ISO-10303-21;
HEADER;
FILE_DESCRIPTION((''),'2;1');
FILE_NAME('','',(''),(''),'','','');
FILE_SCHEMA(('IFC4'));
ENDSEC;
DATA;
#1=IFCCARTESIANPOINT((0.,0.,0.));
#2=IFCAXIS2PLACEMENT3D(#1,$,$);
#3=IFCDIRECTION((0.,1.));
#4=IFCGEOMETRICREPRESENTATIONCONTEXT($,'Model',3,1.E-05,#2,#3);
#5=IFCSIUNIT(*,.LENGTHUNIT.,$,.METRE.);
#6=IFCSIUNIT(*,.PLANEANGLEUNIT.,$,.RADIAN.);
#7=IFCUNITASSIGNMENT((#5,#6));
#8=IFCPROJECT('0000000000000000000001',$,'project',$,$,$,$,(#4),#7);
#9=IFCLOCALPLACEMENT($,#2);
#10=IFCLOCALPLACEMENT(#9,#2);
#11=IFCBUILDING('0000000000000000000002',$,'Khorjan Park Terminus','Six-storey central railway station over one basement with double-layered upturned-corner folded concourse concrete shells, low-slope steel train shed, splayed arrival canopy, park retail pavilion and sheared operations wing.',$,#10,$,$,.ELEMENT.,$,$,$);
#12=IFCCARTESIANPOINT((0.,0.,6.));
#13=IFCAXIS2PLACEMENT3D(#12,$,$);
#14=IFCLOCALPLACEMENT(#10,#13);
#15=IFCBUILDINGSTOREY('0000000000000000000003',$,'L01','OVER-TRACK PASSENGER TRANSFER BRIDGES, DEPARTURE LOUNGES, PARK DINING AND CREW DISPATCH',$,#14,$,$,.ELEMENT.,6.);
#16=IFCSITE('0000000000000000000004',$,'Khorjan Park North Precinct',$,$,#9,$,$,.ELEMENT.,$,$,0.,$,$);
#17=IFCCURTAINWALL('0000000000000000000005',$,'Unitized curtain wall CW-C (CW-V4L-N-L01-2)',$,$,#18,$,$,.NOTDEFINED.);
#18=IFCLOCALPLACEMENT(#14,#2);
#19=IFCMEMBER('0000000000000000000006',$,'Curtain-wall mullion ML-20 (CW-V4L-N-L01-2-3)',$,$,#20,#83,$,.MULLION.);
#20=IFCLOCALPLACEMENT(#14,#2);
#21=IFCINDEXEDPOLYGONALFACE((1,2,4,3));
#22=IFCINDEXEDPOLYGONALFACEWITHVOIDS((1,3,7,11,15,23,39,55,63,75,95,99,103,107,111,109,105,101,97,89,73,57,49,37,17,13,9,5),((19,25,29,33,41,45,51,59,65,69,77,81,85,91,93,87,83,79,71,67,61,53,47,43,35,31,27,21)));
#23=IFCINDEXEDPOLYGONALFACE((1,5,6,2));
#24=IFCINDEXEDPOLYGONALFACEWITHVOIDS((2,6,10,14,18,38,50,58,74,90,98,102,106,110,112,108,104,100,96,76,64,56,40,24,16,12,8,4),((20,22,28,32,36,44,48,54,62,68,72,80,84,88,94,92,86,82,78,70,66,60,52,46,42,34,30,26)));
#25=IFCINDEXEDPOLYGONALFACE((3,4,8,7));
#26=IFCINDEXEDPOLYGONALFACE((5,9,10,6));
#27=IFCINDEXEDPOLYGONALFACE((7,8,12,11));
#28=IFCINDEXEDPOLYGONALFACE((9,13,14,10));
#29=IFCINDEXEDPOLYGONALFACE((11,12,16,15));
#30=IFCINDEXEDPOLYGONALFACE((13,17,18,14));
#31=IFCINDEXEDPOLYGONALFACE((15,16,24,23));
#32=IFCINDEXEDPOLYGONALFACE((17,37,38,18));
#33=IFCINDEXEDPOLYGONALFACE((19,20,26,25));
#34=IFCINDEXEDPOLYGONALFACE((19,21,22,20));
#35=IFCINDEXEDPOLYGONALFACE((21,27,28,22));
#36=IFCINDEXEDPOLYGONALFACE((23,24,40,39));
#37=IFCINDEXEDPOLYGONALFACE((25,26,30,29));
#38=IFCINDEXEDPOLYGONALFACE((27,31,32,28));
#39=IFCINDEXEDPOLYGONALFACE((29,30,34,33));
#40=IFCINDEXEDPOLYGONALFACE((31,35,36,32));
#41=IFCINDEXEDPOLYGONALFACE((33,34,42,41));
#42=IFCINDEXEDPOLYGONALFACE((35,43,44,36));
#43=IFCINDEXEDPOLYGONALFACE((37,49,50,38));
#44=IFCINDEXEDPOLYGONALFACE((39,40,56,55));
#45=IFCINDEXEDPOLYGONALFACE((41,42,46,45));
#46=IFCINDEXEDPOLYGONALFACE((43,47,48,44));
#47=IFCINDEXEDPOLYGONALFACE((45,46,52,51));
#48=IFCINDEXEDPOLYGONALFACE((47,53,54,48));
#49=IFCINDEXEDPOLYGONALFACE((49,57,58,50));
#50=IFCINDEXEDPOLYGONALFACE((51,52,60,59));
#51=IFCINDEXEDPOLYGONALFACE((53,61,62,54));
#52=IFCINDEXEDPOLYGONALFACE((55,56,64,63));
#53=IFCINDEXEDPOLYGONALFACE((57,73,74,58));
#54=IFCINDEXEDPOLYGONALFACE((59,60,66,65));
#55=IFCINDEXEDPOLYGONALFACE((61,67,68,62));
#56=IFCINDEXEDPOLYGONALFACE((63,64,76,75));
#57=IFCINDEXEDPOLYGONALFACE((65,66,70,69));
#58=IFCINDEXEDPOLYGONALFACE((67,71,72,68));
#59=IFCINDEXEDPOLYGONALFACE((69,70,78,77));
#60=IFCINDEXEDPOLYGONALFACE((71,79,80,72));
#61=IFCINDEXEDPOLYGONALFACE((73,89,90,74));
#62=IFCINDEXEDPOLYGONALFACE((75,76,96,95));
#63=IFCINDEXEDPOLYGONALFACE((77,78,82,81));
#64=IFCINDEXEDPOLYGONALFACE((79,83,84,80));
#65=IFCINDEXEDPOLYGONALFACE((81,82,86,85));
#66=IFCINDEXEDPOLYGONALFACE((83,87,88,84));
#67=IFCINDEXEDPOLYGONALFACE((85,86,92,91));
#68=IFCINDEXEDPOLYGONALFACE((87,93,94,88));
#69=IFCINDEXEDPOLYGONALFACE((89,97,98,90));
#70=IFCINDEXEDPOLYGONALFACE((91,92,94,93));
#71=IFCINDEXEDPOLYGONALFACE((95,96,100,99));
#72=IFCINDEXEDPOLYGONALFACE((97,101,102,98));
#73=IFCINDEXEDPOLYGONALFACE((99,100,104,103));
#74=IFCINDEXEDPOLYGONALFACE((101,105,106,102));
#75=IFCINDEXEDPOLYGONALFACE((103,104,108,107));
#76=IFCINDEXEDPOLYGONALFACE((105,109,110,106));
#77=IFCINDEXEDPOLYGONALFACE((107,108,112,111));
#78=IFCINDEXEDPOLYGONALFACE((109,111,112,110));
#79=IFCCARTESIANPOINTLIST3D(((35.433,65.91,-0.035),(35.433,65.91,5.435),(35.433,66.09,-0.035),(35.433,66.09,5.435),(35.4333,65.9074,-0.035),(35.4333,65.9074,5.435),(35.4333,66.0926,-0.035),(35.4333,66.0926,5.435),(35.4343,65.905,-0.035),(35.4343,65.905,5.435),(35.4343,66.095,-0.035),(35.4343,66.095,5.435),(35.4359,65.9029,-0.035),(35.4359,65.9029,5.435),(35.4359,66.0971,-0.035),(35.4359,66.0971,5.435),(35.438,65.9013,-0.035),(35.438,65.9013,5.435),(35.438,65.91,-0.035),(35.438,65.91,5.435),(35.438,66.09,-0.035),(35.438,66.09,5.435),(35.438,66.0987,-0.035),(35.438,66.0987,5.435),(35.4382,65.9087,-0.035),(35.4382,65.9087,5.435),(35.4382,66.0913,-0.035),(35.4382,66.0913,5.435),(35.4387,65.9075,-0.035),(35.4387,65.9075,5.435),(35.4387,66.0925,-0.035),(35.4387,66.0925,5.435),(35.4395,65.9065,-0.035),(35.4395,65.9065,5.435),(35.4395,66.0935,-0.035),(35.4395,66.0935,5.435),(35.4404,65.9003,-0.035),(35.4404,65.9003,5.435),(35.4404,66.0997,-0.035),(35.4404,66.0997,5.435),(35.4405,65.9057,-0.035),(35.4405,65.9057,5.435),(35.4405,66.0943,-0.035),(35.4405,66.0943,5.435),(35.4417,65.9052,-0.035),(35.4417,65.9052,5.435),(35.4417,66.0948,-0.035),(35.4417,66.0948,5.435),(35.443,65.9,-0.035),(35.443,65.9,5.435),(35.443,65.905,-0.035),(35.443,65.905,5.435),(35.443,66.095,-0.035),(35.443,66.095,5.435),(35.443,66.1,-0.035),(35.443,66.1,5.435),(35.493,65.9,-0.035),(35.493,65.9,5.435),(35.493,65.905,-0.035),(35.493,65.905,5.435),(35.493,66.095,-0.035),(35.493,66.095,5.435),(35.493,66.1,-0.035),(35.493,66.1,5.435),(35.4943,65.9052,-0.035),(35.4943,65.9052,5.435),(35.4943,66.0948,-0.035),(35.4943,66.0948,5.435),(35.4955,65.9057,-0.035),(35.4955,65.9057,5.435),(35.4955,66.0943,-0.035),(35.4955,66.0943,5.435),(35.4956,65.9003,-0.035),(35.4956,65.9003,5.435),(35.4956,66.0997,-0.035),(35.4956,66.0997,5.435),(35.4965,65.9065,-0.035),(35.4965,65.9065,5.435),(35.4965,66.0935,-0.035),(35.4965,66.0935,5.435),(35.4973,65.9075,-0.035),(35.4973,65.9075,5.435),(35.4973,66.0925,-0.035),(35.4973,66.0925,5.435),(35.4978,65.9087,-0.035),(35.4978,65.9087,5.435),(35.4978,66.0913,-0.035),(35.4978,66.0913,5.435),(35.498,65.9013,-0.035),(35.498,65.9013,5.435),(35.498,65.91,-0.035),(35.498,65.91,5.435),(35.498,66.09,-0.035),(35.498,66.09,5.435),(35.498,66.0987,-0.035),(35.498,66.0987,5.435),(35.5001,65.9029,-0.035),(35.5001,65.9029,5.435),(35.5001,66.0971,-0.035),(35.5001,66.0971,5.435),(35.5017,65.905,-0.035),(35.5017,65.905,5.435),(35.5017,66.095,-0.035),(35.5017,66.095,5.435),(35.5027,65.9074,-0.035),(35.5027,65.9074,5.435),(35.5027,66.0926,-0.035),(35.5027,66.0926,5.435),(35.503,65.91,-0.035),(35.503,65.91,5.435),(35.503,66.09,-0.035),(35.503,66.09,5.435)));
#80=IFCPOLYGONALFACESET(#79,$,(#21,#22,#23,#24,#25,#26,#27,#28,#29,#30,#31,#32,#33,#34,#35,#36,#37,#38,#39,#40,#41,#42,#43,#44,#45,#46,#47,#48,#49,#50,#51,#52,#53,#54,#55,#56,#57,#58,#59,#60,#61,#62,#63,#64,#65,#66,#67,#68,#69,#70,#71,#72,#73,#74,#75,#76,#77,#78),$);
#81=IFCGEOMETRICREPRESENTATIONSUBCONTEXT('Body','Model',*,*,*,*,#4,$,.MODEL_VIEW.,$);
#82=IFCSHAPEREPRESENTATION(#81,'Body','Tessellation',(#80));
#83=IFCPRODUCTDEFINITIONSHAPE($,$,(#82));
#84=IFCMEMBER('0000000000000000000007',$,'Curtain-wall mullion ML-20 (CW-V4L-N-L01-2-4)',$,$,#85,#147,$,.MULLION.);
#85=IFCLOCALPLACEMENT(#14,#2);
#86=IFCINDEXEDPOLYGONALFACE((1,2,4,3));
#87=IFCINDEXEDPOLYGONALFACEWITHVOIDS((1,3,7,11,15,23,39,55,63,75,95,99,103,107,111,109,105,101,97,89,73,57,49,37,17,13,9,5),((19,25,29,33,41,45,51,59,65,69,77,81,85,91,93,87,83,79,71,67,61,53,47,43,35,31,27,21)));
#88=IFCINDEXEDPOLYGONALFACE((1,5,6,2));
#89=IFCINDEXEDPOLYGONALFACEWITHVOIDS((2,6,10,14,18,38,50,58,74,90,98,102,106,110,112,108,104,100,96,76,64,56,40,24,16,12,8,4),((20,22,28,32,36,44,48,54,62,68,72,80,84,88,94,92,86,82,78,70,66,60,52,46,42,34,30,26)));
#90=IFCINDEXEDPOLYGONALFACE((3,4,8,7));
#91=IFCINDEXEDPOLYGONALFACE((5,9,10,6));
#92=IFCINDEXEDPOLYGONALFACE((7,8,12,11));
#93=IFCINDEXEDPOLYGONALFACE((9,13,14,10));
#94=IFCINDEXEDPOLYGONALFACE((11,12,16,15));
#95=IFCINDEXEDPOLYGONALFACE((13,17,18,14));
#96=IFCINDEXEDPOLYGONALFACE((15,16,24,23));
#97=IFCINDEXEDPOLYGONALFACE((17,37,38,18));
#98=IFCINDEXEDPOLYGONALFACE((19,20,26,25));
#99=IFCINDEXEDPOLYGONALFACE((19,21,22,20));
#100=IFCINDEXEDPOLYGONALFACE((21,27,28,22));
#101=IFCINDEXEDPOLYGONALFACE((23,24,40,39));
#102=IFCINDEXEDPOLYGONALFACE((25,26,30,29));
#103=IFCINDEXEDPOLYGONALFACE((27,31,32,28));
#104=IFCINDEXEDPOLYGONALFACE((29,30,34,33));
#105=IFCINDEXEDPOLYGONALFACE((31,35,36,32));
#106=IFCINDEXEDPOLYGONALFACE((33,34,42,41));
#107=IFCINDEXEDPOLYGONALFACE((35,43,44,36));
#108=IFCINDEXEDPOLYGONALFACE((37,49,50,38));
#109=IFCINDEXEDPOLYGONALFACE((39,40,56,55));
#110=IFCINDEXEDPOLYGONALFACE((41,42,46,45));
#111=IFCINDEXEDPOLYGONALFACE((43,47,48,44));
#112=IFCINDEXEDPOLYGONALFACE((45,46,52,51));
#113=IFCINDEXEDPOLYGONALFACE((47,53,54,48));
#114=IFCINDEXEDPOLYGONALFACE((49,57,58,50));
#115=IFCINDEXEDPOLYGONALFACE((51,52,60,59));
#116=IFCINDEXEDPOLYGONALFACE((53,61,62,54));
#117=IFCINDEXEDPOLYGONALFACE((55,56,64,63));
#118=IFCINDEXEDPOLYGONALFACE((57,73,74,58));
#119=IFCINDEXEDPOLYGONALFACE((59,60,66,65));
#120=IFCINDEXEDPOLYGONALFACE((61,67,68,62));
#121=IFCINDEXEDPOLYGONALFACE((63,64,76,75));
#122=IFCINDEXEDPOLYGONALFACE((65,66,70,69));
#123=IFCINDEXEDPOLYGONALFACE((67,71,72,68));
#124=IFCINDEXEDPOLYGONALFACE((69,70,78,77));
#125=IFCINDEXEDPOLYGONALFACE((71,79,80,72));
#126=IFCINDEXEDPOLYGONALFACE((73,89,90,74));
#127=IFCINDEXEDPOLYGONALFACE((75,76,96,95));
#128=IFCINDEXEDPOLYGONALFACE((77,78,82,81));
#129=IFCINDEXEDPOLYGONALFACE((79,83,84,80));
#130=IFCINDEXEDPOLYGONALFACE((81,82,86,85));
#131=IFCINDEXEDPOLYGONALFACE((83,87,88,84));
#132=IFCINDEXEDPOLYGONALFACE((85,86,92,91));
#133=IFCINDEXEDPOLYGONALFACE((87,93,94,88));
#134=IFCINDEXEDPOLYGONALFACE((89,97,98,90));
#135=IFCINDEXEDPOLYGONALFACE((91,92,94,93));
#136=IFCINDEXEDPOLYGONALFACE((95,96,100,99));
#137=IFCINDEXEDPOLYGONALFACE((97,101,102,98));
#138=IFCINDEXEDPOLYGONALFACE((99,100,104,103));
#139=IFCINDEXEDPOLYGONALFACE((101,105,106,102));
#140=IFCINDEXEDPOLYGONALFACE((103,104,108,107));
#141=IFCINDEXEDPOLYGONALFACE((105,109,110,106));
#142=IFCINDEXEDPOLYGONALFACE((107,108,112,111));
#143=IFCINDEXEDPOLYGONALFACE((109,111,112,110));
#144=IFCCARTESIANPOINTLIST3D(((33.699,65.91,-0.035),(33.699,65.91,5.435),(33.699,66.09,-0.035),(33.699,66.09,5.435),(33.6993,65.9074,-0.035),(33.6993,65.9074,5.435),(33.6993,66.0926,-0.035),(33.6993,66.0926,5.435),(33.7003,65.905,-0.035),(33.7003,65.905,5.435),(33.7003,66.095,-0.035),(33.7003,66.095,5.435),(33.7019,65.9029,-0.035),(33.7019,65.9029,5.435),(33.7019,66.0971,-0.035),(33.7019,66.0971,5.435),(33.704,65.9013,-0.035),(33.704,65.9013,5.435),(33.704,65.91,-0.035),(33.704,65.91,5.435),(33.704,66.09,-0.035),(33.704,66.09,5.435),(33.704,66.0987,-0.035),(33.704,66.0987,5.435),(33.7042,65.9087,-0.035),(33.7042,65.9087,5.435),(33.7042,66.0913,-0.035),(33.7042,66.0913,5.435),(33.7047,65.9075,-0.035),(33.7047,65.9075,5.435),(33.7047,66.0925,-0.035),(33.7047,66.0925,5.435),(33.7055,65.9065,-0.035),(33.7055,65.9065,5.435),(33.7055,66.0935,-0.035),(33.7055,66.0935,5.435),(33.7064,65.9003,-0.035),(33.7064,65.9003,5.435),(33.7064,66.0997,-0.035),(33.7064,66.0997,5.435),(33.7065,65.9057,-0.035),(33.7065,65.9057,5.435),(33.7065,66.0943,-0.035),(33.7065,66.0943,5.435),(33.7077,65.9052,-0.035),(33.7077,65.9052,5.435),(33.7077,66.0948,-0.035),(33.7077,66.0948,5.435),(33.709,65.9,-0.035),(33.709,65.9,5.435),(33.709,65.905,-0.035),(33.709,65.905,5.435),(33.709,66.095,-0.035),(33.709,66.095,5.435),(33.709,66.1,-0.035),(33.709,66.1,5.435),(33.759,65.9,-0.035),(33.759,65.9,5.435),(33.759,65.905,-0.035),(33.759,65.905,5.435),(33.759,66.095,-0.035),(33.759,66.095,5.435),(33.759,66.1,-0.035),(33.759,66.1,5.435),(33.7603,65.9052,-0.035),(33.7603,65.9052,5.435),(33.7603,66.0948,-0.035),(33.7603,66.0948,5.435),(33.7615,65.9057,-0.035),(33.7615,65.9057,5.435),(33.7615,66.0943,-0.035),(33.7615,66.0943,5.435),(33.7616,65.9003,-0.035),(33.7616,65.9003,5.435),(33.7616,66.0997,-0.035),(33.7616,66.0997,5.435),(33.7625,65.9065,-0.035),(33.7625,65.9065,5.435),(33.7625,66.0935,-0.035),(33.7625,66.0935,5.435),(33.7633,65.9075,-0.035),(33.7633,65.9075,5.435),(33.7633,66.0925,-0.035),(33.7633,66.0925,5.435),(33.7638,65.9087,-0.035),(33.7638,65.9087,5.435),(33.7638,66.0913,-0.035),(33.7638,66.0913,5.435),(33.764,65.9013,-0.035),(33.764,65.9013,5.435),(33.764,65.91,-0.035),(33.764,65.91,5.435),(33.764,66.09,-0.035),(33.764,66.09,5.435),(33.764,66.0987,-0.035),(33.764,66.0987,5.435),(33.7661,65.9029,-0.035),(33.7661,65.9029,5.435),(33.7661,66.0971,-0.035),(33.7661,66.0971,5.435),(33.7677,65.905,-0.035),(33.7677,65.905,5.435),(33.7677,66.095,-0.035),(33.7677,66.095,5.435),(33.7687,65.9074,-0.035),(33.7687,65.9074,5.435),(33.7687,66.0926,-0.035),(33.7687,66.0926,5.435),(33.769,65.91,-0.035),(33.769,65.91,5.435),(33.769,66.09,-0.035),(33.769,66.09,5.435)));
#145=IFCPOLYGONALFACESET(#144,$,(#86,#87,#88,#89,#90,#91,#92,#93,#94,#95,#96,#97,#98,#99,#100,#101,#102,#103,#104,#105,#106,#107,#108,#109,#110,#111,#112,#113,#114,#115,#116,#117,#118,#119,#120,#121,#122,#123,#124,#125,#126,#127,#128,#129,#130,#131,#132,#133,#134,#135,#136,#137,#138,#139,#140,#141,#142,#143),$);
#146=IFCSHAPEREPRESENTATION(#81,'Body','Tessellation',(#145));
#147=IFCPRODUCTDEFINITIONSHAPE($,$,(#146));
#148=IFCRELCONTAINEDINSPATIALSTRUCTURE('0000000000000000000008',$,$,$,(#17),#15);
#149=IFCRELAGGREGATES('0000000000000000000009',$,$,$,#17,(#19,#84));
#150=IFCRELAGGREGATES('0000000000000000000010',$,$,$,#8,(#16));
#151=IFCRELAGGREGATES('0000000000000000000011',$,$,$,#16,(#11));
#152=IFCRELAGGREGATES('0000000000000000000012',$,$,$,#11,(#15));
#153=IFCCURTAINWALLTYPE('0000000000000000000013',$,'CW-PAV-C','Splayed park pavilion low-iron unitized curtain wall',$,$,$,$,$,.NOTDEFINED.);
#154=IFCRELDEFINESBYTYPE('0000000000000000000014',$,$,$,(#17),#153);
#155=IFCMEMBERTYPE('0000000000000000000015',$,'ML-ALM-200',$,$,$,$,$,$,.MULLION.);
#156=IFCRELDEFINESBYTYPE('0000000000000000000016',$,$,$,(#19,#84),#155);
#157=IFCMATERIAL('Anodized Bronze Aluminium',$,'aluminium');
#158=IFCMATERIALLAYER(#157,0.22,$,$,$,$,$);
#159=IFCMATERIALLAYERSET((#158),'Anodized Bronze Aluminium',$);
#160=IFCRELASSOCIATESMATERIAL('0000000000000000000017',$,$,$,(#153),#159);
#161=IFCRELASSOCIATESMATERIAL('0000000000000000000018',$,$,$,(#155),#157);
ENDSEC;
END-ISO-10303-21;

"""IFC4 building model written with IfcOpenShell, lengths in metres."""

from ifc_helpers import new_model, si_unit, direction, frame, origin, origin_2d, place, context, subcontext, project, spatial, hollow_rectangle, extrude, material, layer, layer_set, material_profile, profile_set, type_object, element, aggregate, save


model = new_model("IFC4")

# Units and contexts
model_context = context("Model", 3, precision=1e-05, world=origin(), true_north=direction((0.0, 1.0)))
body_context = subcontext(model_context, "Body", "Model", "MODEL_VIEW")
ifc_project = project(units=[si_unit("LENGTHUNIT", "METRE"), si_unit("PLANEANGLEUNIT", "RADIAN")], contexts=[model_context])

# Site, building, storey
site_placement = place(None, origin())
site = spatial("IfcSite", under=ifc_project, at=site_placement, Name="Khorjan Park North Precinct", CompositionType="ELEMENT", RefElevation=0.0)
building_placement = place(site_placement, origin())
building = spatial("IfcBuilding", under=site, at=building_placement, Name="Khorjan Park Terminus", Description="Six-storey central railway station over one basement with double-layered upturned-corner folded concourse concrete shells, low-slope steel train shed, splayed arrival canopy, park retail pavilion and sheared operations wing.", CompositionType="ELEMENT")
storey_placement = place(building_placement, frame((0.0, 0.0, 6.0)))
storey = spatial("IfcBuildingStorey", under=building, at=storey_placement, Name="L01", Description="OVER-TRACK PASSENGER TRANSFER BRIDGES, DEPARTURE LOUNGES, PARK DINING AND CREW DISPATCH", CompositionType="ELEMENT", Elevation=6.0)

# Curtain wall, members
ifc_material_1 = material(Name="Anodized Bronze Aluminium", Category="aluminium")
ifc_layer_1 = layer(ifc_material_1, 0.22)
ifc_layer_set_1 = layer_set([ifc_layer_1], Name="Anodized Bronze Aluminium")
curtain_wall_type = type_object("IfcCurtainWallType", Name="CW-PAV-C", Description="Splayed park pavilion low-iron unitized curtain wall", PredefinedType="NOTDEFINED", material=ifc_layer_set_1)
curtain_wall_1_placement = place(storey_placement, origin())
curtain_wall_1 = element("IfcCurtainWall", 1, at=curtain_wall_1_placement, inside=storey, type_object=curtain_wall_type, Name="Unitized curtain wall CW-C (CW-V4L-N-L01-2)", PredefinedType="NOTDEFINED")
ifc_material_profile_1 = material_profile(ifc_material_1, hollow_rectangle(XDim=0.07, YDim=0.2, WallThickness=0.005, InnerFilletRadius=0.005, OuterFilletRadius=0.01, at=origin_2d()), Name="ALM 70x200x5")
ifc_profile_set_1 = profile_set([ifc_material_profile_1], Name="Anodized Bronze Aluminium")
member_type_1 = type_object("IfcMemberType", Name="ML-ALM-200", PredefinedType="MULLION", material=ifc_profile_set_1)
member_1_placement = place(storey_placement, frame((35.468, 66.0, -0.035), z_axis=(0.0, 0.0, 1.0), x_axis=(-1.0, 0.0, 0.0)))
member_1 = element("IfcMember", 2, at=member_1_placement, type_object=member_type_1, Name="Curtain-wall mullion ML-20 (CW-V4L-N-L01-2-3)", PredefinedType="MULLION", context=body_context, shape_type="SweptSolid", body=[
    extrude(hollow_rectangle(XDim=0.07, YDim=0.2, WallThickness=0.005, InnerFilletRadius=0.005, OuterFilletRadius=0.01, at=origin_2d()), origin(), (0.0, 0.0, 1.0), 5.47),
])
member_2_placement = place(storey_placement, frame((33.734, 66.0, -0.035), z_axis=(0.0, 0.0, 1.0), x_axis=(-1.0, 0.0, 0.0)))
member_2 = element("IfcMember", 3, at=member_2_placement, type_object=member_type_1, Name="Curtain-wall mullion ML-20 (CW-V4L-N-L01-2-4)", PredefinedType="MULLION", context=body_context, shape_type="SweptSolid", body=[
    extrude(hollow_rectangle(XDim=0.07, YDim=0.2, WallThickness=0.005, InnerFilletRadius=0.005, OuterFilletRadius=0.01, at=origin_2d()), origin(), (0.0, 0.0, 1.0), 5.47),
])

aggregate(curtain_wall_1, [member_1, member_2])

save(model, "model.ifc")
